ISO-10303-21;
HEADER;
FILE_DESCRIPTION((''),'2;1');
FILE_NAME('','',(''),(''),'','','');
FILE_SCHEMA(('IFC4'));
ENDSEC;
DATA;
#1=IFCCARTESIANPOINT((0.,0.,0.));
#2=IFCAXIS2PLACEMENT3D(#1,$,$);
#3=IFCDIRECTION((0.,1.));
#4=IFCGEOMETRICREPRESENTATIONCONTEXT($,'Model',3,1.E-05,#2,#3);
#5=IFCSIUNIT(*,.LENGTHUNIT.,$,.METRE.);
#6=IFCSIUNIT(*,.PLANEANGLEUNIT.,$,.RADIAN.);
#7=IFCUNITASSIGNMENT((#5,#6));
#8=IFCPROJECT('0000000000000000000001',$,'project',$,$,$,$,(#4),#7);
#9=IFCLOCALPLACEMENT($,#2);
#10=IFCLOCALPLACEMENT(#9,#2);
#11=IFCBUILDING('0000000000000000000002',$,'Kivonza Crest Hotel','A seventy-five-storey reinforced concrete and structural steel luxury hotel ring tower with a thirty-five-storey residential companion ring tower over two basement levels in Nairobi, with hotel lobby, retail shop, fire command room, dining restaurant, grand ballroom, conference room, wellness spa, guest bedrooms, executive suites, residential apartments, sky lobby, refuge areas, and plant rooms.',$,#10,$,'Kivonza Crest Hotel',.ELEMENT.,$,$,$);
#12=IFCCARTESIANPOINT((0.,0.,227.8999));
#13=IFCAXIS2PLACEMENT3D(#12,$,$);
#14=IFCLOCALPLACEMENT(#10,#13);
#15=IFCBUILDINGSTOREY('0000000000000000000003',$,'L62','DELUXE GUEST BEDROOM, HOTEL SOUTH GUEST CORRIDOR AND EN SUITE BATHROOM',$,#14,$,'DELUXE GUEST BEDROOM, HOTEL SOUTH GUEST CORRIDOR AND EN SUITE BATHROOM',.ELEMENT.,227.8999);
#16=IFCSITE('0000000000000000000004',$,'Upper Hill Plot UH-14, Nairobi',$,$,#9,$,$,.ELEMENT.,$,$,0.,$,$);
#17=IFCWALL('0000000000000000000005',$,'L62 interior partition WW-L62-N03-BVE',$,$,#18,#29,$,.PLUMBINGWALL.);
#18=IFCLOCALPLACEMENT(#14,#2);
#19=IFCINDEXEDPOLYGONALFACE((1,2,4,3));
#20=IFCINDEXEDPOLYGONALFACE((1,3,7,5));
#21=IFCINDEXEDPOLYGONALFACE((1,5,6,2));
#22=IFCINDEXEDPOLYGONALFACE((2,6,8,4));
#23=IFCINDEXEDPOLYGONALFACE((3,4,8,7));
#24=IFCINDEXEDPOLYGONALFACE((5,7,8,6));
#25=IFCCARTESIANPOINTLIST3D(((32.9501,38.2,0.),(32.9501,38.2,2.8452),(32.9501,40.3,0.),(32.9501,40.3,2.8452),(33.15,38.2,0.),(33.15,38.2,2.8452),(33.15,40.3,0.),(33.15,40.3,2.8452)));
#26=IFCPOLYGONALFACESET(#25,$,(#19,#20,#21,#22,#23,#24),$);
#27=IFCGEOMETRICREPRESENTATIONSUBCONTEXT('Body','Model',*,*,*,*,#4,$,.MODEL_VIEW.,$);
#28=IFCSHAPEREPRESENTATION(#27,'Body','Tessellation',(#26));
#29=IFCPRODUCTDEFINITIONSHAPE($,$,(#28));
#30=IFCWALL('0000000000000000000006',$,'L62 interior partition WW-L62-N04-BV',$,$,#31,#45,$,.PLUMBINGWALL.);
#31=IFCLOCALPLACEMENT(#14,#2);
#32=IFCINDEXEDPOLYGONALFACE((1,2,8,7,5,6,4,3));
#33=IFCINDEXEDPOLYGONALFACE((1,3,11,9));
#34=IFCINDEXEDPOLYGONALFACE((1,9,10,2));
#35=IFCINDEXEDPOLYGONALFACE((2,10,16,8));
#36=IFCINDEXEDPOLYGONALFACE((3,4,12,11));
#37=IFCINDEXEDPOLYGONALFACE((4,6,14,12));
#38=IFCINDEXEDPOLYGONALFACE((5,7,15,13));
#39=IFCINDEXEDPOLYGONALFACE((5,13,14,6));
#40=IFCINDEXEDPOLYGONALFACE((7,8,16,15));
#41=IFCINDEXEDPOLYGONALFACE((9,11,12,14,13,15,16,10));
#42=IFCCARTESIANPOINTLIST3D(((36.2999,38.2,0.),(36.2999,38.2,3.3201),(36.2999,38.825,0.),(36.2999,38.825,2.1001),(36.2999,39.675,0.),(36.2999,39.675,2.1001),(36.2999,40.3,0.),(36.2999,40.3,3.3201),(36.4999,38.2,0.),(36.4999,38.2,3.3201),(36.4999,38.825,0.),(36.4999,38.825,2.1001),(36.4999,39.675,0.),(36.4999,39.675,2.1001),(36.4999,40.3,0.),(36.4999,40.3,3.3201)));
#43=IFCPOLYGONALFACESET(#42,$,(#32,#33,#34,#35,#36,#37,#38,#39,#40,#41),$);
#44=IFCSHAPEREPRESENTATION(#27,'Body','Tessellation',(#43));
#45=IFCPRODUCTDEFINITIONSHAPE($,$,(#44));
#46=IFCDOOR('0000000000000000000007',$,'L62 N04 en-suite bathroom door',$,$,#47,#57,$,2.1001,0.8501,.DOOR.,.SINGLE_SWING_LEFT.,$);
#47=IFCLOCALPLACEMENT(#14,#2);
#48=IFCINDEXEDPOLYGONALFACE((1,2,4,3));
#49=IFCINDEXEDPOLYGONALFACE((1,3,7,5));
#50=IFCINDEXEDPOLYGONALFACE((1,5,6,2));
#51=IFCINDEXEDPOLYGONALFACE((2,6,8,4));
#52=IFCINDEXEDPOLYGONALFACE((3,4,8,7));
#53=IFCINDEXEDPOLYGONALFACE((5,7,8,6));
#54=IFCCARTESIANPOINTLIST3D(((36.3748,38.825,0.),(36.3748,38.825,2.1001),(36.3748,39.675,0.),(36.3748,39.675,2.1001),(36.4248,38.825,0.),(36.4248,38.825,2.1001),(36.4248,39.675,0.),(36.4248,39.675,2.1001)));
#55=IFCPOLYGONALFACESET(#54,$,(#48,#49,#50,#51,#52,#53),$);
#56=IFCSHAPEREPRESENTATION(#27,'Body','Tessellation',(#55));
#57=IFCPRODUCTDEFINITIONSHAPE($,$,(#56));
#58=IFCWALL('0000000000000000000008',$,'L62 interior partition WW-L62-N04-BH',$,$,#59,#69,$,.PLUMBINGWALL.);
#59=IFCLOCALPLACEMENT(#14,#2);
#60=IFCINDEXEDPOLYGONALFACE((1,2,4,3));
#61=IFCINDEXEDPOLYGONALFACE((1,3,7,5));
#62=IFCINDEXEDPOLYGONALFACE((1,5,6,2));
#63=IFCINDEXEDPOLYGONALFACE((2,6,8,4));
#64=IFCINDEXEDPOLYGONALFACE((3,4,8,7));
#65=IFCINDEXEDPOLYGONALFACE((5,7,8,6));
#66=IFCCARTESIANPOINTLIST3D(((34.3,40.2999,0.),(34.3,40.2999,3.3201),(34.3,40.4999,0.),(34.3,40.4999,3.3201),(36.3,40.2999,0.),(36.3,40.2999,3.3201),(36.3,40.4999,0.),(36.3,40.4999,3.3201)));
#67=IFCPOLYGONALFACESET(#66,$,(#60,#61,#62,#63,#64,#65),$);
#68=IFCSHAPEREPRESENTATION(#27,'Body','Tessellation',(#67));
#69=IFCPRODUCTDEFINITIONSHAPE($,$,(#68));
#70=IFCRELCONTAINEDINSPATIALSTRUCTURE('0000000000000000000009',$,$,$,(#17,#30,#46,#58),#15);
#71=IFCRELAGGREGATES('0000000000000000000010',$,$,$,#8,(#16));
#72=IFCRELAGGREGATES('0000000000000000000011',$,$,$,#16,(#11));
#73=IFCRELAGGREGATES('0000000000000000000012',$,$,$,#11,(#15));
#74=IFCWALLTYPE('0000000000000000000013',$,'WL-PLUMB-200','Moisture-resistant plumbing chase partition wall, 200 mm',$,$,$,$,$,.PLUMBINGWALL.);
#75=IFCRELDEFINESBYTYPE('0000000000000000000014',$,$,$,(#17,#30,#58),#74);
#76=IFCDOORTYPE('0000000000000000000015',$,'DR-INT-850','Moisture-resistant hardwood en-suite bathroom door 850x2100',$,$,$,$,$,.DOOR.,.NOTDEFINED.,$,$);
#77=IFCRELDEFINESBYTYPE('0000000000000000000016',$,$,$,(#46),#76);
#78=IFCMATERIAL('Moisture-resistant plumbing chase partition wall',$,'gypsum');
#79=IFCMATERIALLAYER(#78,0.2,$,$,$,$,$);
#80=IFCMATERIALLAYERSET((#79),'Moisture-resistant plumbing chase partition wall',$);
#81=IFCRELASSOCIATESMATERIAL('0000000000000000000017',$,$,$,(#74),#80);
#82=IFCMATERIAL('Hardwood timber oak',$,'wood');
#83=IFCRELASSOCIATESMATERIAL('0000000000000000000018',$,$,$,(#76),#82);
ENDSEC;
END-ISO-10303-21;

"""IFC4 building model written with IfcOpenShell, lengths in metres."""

from ifc_helpers import new_model, si_unit, direction, frame, frame_2d, origin, place, context, subcontext, project, spatial, rectangle, extrude, material, layer, layer_set, type_object, element, fill, save


model = new_model("IFC4")

# Units and contexts
model_context = context("Model", 3, precision=1e-05, world=origin(), true_north=direction((0.0, 1.0)))
body_context = subcontext(model_context, "Body", "Model", "MODEL_VIEW")
ifc_project = project(units=[si_unit("LENGTHUNIT", "METRE"), si_unit("PLANEANGLEUNIT", "RADIAN")], contexts=[model_context])

# Site, building, storey
site_placement = place(None, origin())
site = spatial("IfcSite", under=ifc_project, at=site_placement, Name="Upper Hill Plot UH-14, Nairobi", CompositionType="ELEMENT", RefElevation=0.0)
building_placement = place(site_placement, origin())
building = spatial("IfcBuilding", under=site, at=building_placement, Name="Kivonza Crest Hotel", Description="A seventy-five-storey reinforced concrete and structural steel luxury hotel ring tower with a thirty-five-storey residential companion ring tower over two basement levels in Nairobi, with hotel lobby, retail shop, fire command room, dining restaurant, grand ballroom, conference room, wellness spa, guest bedrooms, executive suites, residential apartments, sky lobby, refuge areas, and plant rooms.", LongName="Kivonza Crest Hotel", CompositionType="ELEMENT")
storey_placement = place(building_placement, frame((0.0, 0.0, 227.8999)))
storey = spatial("IfcBuildingStorey", under=building, at=storey_placement, Name="L62", Description="DELUXE GUEST BEDROOM, HOTEL SOUTH GUEST CORRIDOR AND EN SUITE BATHROOM", LongName="DELUXE GUEST BEDROOM, HOTEL SOUTH GUEST CORRIDOR AND EN SUITE BATHROOM", CompositionType="ELEMENT", Elevation=227.8999)

# Shared definitions
ifc_material_1 = material(Name="Hardwood timber oak", Category="wood")

# Shared definitions
ifc_material_2 = material(Name="Moisture-resistant plumbing chase partition wall", Category="gypsum")
ifc_layer_1 = layer(ifc_material_2, 0.2)
ifc_layer_set_1 = layer_set([ifc_layer_1], Name="Moisture-resistant plumbing chase partition wall")
wall_type_1 = type_object("IfcWallType", Name="WL-PLUMB-200", Description="Moisture-resistant plumbing chase partition wall, 200 mm", PredefinedType="PLUMBINGWALL", material=ifc_layer_set_1)
door_type_1 = type_object("IfcDoorType", Name="DR-INT-850", Description="Moisture-resistant hardwood en-suite bathroom door 850x2100", OperationType="NOTDEFINED", PredefinedType="DOOR", material=ifc_material_1)

# Wall
wall_1_placement = place(storey_placement, frame((33.05, 38.2, 0.0), z_axis=(0.0, 0.0, 1.0), x_axis=(0.0, 1.0, 0.0)))
element("IfcWall", 1, at=wall_1_placement, inside=storey, type_object=wall_type_1, Name="L62 interior partition WW-L62-N03-BVE", PredefinedType="PLUMBINGWALL", context=body_context, shape_type="SweptSolid", body=[
    extrude(rectangle(XDim=2.1001, YDim=0.2, at=frame_2d((1.05, 0.0))), origin(), (0.0, 0.0, 1.0), 2.8452),
])

# Wall, opening, door
wall_2_placement = place(storey_placement, frame((36.3999, 38.2, 0.0), z_axis=(0.0, 0.0, 1.0), x_axis=(0.0, 1.0, 0.0)))
wall_2 = element("IfcWall", 2, at=wall_2_placement, inside=storey, type_object=wall_type_1, Name="L62 interior partition WW-L62-N04-BV", PredefinedType="PLUMBINGWALL", context=body_context, shape_type="SweptSolid", body=[
    extrude(rectangle(XDim=2.1001, YDim=0.2, at=frame_2d((1.05, 0.0))), origin(), (0.0, 0.0, 1.0), 3.3201),
])
opening_1_placement = place(wall_2_placement, frame((0.625, 0.0, 0.0)))
opening_1 = element("IfcOpeningElement", 3, at=opening_1_placement, cuts=wall_2, PredefinedType="OPENING", context=body_context, shape_type="SweptSolid", body=[
    extrude(rectangle(XDim=0.8501, YDim=2.1001, at=frame_2d((0.425, 1.05))), frame((0.0, 0.1099, 0.0), z_axis=(0.0, -1.0, 0.0), x_axis=(1.0, 0.0, 0.0)), (0.0, 0.0, 1.0), 0.22),
])
door_1_placement = place(opening_1_placement, frame((0.8501, 0.0, 0.0), z_axis=(0.0, 0.0, 1.0), x_axis=(-1.0, 0.0, 0.0)))
door_1 = element("IfcDoor", 4, at=door_1_placement, inside=storey, type_object=door_type_1, Name="L62 N04 en-suite bathroom door", OperationType="SINGLE_SWING_LEFT", OverallHeight=2.1001, OverallWidth=0.8501, PredefinedType="DOOR", context=body_context, shape_type="SweptSolid", body=[
    extrude(rectangle(XDim=0.8501, YDim=2.1001, at=frame_2d((0.425, 1.05))), frame((0.0, 0.0249, 0.0), z_axis=(0.0, -1.0, 0.0), x_axis=(1.0, 0.0, 0.0)), (0.0, 0.0, 1.0), 0.05),
])
fill(opening_1, door_1)

# Wall
wall_3_placement = place(storey_placement, frame((34.3, 40.3999, 0.0), z_axis=(0.0, 0.0, 1.0), x_axis=(1.0, 0.0, 0.0)))
element("IfcWall", 5, at=wall_3_placement, inside=storey, type_object=wall_type_1, Name="L62 interior partition WW-L62-N04-BH", PredefinedType="PLUMBINGWALL", context=body_context, shape_type="SweptSolid", body=[
    extrude(rectangle(XDim=2.0, YDim=0.2, at=frame_2d((1.0, 0.0))), origin(), (0.0, 0.0, 1.0), 3.3201),
])

save(model, "model.ifc")
